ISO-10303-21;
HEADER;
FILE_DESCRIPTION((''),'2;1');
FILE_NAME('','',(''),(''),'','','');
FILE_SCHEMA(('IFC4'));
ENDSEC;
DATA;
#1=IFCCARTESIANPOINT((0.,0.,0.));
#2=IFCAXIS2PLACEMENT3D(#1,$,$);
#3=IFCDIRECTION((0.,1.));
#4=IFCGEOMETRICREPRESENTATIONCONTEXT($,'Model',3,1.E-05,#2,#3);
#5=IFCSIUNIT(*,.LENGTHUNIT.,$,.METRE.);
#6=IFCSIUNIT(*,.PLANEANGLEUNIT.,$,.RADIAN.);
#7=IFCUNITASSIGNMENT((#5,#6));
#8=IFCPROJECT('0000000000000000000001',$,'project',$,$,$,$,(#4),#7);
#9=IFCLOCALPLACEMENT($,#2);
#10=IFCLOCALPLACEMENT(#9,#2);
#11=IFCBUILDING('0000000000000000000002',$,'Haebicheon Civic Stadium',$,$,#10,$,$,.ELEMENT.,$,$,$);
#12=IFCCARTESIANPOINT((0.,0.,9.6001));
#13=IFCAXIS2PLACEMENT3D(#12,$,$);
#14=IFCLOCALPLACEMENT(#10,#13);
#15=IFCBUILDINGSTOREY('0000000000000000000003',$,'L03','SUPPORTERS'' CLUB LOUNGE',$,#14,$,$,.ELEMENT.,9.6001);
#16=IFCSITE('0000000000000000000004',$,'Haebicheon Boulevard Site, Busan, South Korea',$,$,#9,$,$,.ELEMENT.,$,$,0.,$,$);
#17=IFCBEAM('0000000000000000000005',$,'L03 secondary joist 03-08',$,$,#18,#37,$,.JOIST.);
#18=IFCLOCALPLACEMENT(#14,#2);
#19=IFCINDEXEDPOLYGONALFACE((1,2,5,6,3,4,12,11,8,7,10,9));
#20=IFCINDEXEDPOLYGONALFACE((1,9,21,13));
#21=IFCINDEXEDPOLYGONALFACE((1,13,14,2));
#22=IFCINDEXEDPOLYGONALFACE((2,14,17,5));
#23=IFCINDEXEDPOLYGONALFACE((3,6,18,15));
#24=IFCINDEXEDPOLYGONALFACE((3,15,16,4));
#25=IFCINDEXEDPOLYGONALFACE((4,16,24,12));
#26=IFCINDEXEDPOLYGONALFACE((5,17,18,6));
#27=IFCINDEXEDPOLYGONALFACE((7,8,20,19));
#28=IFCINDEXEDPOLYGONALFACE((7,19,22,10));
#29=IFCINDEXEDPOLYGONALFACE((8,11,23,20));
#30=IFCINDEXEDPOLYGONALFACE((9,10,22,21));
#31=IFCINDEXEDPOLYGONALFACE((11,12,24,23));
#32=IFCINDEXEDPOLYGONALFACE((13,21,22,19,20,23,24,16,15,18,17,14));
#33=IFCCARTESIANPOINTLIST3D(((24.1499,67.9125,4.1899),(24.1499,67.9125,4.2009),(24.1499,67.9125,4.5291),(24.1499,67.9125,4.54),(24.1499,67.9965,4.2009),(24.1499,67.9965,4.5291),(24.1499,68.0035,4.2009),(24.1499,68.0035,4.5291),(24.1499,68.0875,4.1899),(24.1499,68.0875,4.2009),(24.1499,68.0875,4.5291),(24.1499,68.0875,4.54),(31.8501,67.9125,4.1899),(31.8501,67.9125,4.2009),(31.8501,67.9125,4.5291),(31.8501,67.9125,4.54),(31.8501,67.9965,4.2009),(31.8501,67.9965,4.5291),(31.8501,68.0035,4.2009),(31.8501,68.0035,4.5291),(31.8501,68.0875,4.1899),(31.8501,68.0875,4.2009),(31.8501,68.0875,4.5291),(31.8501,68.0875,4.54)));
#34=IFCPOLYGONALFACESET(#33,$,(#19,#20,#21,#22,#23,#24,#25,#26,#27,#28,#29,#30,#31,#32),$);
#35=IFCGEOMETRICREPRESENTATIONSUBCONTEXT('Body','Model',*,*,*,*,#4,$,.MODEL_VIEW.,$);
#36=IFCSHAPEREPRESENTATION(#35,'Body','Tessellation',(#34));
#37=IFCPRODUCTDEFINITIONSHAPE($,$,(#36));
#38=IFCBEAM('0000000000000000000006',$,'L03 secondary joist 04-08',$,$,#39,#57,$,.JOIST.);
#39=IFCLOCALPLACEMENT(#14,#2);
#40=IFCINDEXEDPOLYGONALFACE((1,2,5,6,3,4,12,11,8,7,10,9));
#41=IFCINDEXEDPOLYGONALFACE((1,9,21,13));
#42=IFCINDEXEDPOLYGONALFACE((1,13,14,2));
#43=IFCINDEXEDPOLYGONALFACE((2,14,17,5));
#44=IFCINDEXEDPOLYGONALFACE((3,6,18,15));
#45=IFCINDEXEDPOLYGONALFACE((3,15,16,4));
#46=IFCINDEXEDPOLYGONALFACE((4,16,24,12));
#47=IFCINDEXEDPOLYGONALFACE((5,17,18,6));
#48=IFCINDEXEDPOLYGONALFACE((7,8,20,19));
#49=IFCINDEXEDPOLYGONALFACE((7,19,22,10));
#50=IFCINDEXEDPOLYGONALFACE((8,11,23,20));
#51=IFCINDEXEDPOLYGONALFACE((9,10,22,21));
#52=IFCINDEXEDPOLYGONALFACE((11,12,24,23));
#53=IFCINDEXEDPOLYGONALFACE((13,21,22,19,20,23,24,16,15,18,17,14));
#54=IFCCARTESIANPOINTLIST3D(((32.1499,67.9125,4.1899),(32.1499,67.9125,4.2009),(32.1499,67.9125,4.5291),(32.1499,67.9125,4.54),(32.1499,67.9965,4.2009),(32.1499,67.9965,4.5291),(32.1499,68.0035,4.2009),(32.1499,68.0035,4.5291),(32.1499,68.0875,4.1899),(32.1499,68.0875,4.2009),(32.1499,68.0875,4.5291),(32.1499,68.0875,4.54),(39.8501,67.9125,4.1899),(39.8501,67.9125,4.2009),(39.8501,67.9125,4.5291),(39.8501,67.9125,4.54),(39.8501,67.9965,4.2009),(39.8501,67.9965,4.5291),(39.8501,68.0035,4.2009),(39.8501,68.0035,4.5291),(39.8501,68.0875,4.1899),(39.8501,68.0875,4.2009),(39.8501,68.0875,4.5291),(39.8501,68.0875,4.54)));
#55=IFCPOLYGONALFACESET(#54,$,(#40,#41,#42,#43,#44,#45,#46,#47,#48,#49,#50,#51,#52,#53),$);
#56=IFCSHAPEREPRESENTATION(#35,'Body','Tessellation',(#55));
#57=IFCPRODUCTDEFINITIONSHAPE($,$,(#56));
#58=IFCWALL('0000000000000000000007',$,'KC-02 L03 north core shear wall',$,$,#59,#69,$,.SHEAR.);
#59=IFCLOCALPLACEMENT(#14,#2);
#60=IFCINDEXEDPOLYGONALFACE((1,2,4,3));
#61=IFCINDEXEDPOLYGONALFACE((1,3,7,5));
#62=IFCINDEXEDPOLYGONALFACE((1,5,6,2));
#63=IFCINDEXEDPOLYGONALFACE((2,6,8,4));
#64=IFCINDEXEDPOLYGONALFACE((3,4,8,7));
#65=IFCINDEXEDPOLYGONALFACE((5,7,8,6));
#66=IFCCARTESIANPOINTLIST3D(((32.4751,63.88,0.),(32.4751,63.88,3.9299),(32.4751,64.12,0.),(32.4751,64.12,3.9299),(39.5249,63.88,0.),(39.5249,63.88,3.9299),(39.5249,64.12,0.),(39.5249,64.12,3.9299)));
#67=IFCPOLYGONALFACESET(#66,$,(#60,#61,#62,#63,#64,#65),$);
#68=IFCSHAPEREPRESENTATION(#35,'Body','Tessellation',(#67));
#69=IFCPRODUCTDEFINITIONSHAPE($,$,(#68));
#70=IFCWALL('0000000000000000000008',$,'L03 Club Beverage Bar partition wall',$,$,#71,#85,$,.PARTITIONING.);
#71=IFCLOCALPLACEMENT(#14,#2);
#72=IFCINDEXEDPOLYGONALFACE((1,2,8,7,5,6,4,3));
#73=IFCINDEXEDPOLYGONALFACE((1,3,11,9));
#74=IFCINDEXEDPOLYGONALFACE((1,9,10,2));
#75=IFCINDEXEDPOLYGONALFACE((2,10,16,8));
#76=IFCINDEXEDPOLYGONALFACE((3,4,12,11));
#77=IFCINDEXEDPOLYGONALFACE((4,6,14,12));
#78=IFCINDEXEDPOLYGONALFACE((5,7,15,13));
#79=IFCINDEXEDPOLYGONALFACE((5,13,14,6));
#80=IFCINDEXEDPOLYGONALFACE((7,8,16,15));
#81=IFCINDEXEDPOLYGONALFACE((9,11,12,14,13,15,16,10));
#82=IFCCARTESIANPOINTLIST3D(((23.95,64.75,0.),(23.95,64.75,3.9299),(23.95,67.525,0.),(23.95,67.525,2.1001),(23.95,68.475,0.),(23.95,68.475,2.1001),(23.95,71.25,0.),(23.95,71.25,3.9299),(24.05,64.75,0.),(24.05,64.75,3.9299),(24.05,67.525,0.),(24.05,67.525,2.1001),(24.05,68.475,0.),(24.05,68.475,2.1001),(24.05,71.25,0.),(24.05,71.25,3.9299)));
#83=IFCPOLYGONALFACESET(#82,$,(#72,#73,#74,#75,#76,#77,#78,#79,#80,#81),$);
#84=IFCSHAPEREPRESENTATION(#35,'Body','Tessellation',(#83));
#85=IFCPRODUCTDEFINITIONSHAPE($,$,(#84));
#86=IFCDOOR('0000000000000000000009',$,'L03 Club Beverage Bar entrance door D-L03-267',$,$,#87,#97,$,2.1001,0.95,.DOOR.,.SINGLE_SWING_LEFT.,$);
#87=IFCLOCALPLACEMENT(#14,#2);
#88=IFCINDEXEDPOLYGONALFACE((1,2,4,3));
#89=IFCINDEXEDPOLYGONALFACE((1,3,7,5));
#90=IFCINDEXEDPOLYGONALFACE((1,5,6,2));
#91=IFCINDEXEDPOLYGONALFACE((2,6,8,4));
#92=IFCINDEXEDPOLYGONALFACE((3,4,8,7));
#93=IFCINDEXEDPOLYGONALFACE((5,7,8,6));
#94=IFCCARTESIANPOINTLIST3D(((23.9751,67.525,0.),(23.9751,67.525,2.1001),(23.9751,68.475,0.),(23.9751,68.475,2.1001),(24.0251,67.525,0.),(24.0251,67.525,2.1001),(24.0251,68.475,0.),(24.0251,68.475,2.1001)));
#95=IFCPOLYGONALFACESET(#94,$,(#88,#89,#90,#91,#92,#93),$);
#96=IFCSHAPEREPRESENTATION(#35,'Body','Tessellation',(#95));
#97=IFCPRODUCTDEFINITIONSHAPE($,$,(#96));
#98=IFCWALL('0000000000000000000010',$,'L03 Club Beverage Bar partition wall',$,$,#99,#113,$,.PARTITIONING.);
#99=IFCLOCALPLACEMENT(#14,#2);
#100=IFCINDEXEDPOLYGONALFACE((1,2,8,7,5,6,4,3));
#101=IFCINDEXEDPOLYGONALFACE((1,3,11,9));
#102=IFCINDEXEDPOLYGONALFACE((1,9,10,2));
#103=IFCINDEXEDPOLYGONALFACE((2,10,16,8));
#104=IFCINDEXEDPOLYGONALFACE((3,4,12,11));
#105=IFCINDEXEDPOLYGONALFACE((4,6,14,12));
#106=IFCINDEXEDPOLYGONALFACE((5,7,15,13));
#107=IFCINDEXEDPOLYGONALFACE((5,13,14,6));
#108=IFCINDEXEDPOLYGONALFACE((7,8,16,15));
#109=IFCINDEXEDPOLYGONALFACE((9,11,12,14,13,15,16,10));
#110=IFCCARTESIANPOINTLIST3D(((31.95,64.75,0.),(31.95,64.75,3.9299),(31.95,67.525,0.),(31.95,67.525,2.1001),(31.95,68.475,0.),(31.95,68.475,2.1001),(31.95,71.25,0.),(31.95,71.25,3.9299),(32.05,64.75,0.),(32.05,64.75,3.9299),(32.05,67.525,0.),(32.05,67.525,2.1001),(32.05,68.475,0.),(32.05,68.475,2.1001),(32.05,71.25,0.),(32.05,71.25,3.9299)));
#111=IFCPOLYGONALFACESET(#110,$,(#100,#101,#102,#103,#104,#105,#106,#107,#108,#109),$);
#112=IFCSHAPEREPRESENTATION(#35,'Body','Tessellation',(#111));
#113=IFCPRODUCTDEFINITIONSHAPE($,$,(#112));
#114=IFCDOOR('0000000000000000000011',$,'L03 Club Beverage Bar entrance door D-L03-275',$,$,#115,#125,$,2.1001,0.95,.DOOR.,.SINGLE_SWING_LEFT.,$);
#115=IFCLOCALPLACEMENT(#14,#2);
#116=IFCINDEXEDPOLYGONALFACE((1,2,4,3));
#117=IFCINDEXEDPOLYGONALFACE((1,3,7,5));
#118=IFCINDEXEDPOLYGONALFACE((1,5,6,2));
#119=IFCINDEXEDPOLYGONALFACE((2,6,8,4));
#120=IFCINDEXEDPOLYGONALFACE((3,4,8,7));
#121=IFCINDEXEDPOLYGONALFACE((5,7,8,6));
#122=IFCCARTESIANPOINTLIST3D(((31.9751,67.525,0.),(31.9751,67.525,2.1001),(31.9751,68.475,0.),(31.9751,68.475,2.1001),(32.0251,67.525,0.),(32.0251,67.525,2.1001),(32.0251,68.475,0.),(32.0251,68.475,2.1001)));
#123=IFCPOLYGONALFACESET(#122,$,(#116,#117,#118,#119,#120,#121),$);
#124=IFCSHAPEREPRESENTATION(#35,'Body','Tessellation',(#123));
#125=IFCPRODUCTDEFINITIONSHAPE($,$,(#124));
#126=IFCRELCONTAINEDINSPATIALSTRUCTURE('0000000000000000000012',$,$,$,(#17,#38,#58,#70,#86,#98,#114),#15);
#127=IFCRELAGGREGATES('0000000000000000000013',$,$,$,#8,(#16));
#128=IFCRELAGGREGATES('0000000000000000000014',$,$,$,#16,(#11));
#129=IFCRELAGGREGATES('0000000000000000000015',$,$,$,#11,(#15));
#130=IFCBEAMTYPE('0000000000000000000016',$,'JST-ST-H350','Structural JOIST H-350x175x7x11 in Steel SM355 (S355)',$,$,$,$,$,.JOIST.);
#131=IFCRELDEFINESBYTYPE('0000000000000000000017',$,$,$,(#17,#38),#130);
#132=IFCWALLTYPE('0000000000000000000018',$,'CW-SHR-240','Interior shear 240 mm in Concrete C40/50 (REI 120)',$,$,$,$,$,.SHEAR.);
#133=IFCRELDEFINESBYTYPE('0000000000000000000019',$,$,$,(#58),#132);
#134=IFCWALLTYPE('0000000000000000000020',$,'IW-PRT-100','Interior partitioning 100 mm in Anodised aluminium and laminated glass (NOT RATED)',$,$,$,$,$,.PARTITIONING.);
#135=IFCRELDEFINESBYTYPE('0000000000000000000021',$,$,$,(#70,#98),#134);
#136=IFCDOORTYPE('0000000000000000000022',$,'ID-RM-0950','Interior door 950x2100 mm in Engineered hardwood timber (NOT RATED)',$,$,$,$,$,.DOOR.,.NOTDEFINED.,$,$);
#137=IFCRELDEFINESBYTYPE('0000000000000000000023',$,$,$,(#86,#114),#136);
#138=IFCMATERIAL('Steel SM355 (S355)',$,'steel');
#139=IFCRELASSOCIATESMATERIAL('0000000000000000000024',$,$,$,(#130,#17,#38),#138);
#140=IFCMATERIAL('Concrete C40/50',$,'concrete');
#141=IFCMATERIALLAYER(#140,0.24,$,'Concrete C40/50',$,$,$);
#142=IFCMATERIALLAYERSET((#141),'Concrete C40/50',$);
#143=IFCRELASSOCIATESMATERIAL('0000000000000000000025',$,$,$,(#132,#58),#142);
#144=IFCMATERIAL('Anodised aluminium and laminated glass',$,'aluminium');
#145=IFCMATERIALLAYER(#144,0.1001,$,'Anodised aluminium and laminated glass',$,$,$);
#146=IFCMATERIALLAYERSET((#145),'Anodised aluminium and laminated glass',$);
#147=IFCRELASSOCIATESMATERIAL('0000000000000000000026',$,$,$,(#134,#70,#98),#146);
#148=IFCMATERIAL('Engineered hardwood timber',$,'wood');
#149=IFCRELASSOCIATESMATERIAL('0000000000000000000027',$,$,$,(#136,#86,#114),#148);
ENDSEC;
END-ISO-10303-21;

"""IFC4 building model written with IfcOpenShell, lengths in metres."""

from ifc_helpers import new_model, si_unit, direction, frame, frame_2d, origin, origin_2d, place, context, subcontext, project, spatial, rectangle, i_section, extrude, material, layer, layer_set, material_profile, profile_set, type_object, element, fill, save


model = new_model("IFC4")

# Units and contexts
model_context = context("Model", 3, precision=1e-05, world=origin(), true_north=direction((0.0, 1.0)))
body_context = subcontext(model_context, "Body", "Model", "MODEL_VIEW")
ifc_project = project(units=[si_unit("LENGTHUNIT", "METRE"), si_unit("PLANEANGLEUNIT", "RADIAN")], contexts=[model_context])

# Site, building, storey
site_placement = place(None, origin())
site = spatial("IfcSite", under=ifc_project, at=site_placement, Name="Haebicheon Boulevard Site, Busan, South Korea", CompositionType="ELEMENT", RefElevation=0.0)
building_placement = place(site_placement, origin())
building = spatial("IfcBuilding", under=site, at=building_placement, Name="Haebicheon Civic Stadium", CompositionType="ELEMENT")
storey_placement = place(building_placement, frame((0.0, 0.0, 9.6001)))
storey = spatial("IfcBuildingStorey", under=building, at=storey_placement, Name="L03", Description="SUPPORTERS' CLUB LOUNGE", CompositionType="ELEMENT", Elevation=9.6001)

# Beams
ifc_material_1 = material(Name="Steel SM355 (S355)", Category="steel")
ifc_material_profile_1 = material_profile(ifc_material_1, i_section(OverallWidth=0.175, OverallDepth=0.3501, WebThickness=0.0071, FlangeThickness=0.011, at=origin_2d()), Name="H-350x175x7x11")
ifc_profile_set_1 = profile_set([ifc_material_profile_1], Name="Steel SM355 (S355)")
beam_type_1 = type_object("IfcBeamType", Name="JST-ST-H350", Description="Structural JOIST H-350x175x7x11 in Steel SM355 (S355)", PredefinedType="JOIST", material=ifc_profile_set_1)
for number, where, z_axis, x_axis, name in (
    (1, (24.1499, 68.0, 4.365), (1.0, 0.0, 0.0), (0.0, 1.0, 0.0), "L03 secondary joist 03-08"),
    (2, (32.1499, 68.0, 4.365), (1.0, 0.0, 0.0), (0.0, 1.0, 0.0), "L03 secondary joist 04-08"),
):
    element("IfcBeam", number, at=place(storey_placement, frame(where, z_axis=z_axis, x_axis=x_axis)), inside=storey, type_object=beam_type_1, material=ifc_profile_set_1, Name=name, PredefinedType="JOIST", context=body_context, shape_type="SweptSolid", body=[
        extrude(i_section(OverallWidth=0.175, OverallDepth=0.3501, WebThickness=0.0071, FlangeThickness=0.011, at=origin_2d()), origin(), (0.0, 0.0, 1.0), 7.7002),
    ])

# Wall
ifc_material_2 = material(Name="Concrete C40/50", Category="concrete")
ifc_layer_1 = layer(ifc_material_2, 0.24, Name="Concrete C40/50")
ifc_layer_set_1 = layer_set([ifc_layer_1], Name="Concrete C40/50")
wall_type_1 = type_object("IfcWallType", Name="CW-SHR-240", Description="Interior shear 240 mm in Concrete C40/50 (REI 120)", PredefinedType="SHEAR", material=ifc_layer_set_1)
wall_1_placement = place(storey_placement, frame((32.4751, 64.0, 0.0), z_axis=(0.0, 0.0, 1.0), x_axis=(1.0, 0.0, 0.0)))
element("IfcWall", 3, at=wall_1_placement, inside=storey, type_object=wall_type_1, material=ifc_layer_set_1, Name="KC-02 L03 north core shear wall", PredefinedType="SHEAR", context=body_context, shape_type="SweptSolid", body=[
    extrude(rectangle(XDim=7.0498, YDim=0.24, at=frame_2d((3.5249, 0.0))), origin(), (0.0, 0.0, 1.0), 3.9299),
])

# Walls, openings, doors
ifc_material_3 = material(Name="Anodised aluminium and laminated glass", Category="aluminium")
ifc_layer_2 = layer(ifc_material_3, 0.1001, Name="Anodised aluminium and laminated glass")
ifc_layer_set_2 = layer_set([ifc_layer_2], Name="Anodised aluminium and laminated glass")
wall_type_2 = type_object("IfcWallType", Name="IW-PRT-100", Description="Interior partitioning 100 mm in Anodised aluminium and laminated glass (NOT RATED)", PredefinedType="PARTITIONING", material=ifc_layer_set_2)
wall_2_placement = place(storey_placement, frame((24.0, 64.75, 0.0), z_axis=(0.0, 0.0, 1.0), x_axis=(0.0, 1.0, 0.0)))
wall_2 = element("IfcWall", 4, at=wall_2_placement, inside=storey, type_object=wall_type_2, material=ifc_layer_set_2, Name="L03 Club Beverage Bar partition wall", PredefinedType="PARTITIONING", context=body_context, shape_type="SweptSolid", body=[
    extrude(rectangle(XDim=6.5, YDim=0.1001, at=frame_2d((3.25, 0.0))), origin(), (0.0, 0.0, 1.0), 3.9299),
])
opening_1_placement = place(wall_2_placement, frame((2.7749, 0.0, 0.0)))
opening_1 = element("IfcOpeningElement", 5, at=opening_1_placement, cuts=wall_2, PredefinedType="OPENING", context=body_context, shape_type="SweptSolid", body=[
    extrude(rectangle(XDim=0.95, YDim=2.1001, at=frame_2d((0.4751, 1.05))), frame((0.0, 0.0601, 0.0), z_axis=(0.0, -1.0, 0.0), x_axis=(1.0, 0.0, 0.0)), (0.0, 0.0, 1.0), 0.1201),
])
ifc_material_4 = material(Name="Engineered hardwood timber", Category="wood")
door_type = type_object("IfcDoorType", Name="ID-RM-0950", Description="Interior door 950x2100 mm in Engineered hardwood timber (NOT RATED)", OperationType="NOTDEFINED", PredefinedType="DOOR", material=ifc_material_4)
door_1_placement = place(opening_1_placement, origin())
door_1 = element("IfcDoor", 6, at=door_1_placement, inside=storey, type_object=door_type, material=ifc_material_4, Name="L03 Club Beverage Bar entrance door D-L03-267", OperationType="SINGLE_SWING_LEFT", OverallHeight=2.1001, OverallWidth=0.95, PredefinedType="DOOR", context=body_context, shape_type="SweptSolid", body=[
    extrude(rectangle(XDim=0.95, YDim=2.1001, at=frame_2d((0.4751, 1.05))), frame((0.0, 0.0249, 0.0), z_axis=(0.0, -1.0, 0.0), x_axis=(1.0, 0.0, 0.0)), (0.0, 0.0, 1.0), 0.05),
])
fill(opening_1, door_1)
wall_3_placement = place(storey_placement, frame((32.0, 64.75, 0.0), z_axis=(0.0, 0.0, 1.0), x_axis=(0.0, 1.0, 0.0)))
wall_3 = element("IfcWall", 7, at=wall_3_placement, inside=storey, type_object=wall_type_2, material=ifc_layer_set_2, Name="L03 Club Beverage Bar partition wall", PredefinedType="PARTITIONING", context=body_context, shape_type="SweptSolid", body=[
    extrude(rectangle(XDim=6.5, YDim=0.1001, at=frame_2d((3.25, 0.0))), origin(), (0.0, 0.0, 1.0), 3.9299),
])
opening_2_placement = place(wall_3_placement, frame((2.7749, 0.0, 0.0)))
opening_2 = element("IfcOpeningElement", 8, at=opening_2_placement, cuts=wall_3, PredefinedType="OPENING", context=body_context, shape_type="SweptSolid", body=[
    extrude(rectangle(XDim=0.95, YDim=2.1001, at=frame_2d((0.4751, 1.05))), frame((0.0, 0.0601, 0.0), z_axis=(0.0, -1.0, 0.0), x_axis=(1.0, 0.0, 0.0)), (0.0, 0.0, 1.0), 0.1201),
])
door_2_placement = place(opening_2_placement, origin())
door_2 = element("IfcDoor", 9, at=door_2_placement, inside=storey, type_object=door_type, material=ifc_material_4, Name="L03 Club Beverage Bar entrance door D-L03-275", OperationType="SINGLE_SWING_LEFT", OverallHeight=2.1001, OverallWidth=0.95, PredefinedType="DOOR", context=body_context, shape_type="SweptSolid", body=[
    extrude(rectangle(XDim=0.95, YDim=2.1001, at=frame_2d((0.4751, 1.05))), frame((0.0, 0.0249, 0.0), z_axis=(0.0, -1.0, 0.0), x_axis=(1.0, 0.0, 0.0)), (0.0, 0.0, 1.0), 0.05),
])
fill(opening_2, door_2)

save(model, "model.ifc")
